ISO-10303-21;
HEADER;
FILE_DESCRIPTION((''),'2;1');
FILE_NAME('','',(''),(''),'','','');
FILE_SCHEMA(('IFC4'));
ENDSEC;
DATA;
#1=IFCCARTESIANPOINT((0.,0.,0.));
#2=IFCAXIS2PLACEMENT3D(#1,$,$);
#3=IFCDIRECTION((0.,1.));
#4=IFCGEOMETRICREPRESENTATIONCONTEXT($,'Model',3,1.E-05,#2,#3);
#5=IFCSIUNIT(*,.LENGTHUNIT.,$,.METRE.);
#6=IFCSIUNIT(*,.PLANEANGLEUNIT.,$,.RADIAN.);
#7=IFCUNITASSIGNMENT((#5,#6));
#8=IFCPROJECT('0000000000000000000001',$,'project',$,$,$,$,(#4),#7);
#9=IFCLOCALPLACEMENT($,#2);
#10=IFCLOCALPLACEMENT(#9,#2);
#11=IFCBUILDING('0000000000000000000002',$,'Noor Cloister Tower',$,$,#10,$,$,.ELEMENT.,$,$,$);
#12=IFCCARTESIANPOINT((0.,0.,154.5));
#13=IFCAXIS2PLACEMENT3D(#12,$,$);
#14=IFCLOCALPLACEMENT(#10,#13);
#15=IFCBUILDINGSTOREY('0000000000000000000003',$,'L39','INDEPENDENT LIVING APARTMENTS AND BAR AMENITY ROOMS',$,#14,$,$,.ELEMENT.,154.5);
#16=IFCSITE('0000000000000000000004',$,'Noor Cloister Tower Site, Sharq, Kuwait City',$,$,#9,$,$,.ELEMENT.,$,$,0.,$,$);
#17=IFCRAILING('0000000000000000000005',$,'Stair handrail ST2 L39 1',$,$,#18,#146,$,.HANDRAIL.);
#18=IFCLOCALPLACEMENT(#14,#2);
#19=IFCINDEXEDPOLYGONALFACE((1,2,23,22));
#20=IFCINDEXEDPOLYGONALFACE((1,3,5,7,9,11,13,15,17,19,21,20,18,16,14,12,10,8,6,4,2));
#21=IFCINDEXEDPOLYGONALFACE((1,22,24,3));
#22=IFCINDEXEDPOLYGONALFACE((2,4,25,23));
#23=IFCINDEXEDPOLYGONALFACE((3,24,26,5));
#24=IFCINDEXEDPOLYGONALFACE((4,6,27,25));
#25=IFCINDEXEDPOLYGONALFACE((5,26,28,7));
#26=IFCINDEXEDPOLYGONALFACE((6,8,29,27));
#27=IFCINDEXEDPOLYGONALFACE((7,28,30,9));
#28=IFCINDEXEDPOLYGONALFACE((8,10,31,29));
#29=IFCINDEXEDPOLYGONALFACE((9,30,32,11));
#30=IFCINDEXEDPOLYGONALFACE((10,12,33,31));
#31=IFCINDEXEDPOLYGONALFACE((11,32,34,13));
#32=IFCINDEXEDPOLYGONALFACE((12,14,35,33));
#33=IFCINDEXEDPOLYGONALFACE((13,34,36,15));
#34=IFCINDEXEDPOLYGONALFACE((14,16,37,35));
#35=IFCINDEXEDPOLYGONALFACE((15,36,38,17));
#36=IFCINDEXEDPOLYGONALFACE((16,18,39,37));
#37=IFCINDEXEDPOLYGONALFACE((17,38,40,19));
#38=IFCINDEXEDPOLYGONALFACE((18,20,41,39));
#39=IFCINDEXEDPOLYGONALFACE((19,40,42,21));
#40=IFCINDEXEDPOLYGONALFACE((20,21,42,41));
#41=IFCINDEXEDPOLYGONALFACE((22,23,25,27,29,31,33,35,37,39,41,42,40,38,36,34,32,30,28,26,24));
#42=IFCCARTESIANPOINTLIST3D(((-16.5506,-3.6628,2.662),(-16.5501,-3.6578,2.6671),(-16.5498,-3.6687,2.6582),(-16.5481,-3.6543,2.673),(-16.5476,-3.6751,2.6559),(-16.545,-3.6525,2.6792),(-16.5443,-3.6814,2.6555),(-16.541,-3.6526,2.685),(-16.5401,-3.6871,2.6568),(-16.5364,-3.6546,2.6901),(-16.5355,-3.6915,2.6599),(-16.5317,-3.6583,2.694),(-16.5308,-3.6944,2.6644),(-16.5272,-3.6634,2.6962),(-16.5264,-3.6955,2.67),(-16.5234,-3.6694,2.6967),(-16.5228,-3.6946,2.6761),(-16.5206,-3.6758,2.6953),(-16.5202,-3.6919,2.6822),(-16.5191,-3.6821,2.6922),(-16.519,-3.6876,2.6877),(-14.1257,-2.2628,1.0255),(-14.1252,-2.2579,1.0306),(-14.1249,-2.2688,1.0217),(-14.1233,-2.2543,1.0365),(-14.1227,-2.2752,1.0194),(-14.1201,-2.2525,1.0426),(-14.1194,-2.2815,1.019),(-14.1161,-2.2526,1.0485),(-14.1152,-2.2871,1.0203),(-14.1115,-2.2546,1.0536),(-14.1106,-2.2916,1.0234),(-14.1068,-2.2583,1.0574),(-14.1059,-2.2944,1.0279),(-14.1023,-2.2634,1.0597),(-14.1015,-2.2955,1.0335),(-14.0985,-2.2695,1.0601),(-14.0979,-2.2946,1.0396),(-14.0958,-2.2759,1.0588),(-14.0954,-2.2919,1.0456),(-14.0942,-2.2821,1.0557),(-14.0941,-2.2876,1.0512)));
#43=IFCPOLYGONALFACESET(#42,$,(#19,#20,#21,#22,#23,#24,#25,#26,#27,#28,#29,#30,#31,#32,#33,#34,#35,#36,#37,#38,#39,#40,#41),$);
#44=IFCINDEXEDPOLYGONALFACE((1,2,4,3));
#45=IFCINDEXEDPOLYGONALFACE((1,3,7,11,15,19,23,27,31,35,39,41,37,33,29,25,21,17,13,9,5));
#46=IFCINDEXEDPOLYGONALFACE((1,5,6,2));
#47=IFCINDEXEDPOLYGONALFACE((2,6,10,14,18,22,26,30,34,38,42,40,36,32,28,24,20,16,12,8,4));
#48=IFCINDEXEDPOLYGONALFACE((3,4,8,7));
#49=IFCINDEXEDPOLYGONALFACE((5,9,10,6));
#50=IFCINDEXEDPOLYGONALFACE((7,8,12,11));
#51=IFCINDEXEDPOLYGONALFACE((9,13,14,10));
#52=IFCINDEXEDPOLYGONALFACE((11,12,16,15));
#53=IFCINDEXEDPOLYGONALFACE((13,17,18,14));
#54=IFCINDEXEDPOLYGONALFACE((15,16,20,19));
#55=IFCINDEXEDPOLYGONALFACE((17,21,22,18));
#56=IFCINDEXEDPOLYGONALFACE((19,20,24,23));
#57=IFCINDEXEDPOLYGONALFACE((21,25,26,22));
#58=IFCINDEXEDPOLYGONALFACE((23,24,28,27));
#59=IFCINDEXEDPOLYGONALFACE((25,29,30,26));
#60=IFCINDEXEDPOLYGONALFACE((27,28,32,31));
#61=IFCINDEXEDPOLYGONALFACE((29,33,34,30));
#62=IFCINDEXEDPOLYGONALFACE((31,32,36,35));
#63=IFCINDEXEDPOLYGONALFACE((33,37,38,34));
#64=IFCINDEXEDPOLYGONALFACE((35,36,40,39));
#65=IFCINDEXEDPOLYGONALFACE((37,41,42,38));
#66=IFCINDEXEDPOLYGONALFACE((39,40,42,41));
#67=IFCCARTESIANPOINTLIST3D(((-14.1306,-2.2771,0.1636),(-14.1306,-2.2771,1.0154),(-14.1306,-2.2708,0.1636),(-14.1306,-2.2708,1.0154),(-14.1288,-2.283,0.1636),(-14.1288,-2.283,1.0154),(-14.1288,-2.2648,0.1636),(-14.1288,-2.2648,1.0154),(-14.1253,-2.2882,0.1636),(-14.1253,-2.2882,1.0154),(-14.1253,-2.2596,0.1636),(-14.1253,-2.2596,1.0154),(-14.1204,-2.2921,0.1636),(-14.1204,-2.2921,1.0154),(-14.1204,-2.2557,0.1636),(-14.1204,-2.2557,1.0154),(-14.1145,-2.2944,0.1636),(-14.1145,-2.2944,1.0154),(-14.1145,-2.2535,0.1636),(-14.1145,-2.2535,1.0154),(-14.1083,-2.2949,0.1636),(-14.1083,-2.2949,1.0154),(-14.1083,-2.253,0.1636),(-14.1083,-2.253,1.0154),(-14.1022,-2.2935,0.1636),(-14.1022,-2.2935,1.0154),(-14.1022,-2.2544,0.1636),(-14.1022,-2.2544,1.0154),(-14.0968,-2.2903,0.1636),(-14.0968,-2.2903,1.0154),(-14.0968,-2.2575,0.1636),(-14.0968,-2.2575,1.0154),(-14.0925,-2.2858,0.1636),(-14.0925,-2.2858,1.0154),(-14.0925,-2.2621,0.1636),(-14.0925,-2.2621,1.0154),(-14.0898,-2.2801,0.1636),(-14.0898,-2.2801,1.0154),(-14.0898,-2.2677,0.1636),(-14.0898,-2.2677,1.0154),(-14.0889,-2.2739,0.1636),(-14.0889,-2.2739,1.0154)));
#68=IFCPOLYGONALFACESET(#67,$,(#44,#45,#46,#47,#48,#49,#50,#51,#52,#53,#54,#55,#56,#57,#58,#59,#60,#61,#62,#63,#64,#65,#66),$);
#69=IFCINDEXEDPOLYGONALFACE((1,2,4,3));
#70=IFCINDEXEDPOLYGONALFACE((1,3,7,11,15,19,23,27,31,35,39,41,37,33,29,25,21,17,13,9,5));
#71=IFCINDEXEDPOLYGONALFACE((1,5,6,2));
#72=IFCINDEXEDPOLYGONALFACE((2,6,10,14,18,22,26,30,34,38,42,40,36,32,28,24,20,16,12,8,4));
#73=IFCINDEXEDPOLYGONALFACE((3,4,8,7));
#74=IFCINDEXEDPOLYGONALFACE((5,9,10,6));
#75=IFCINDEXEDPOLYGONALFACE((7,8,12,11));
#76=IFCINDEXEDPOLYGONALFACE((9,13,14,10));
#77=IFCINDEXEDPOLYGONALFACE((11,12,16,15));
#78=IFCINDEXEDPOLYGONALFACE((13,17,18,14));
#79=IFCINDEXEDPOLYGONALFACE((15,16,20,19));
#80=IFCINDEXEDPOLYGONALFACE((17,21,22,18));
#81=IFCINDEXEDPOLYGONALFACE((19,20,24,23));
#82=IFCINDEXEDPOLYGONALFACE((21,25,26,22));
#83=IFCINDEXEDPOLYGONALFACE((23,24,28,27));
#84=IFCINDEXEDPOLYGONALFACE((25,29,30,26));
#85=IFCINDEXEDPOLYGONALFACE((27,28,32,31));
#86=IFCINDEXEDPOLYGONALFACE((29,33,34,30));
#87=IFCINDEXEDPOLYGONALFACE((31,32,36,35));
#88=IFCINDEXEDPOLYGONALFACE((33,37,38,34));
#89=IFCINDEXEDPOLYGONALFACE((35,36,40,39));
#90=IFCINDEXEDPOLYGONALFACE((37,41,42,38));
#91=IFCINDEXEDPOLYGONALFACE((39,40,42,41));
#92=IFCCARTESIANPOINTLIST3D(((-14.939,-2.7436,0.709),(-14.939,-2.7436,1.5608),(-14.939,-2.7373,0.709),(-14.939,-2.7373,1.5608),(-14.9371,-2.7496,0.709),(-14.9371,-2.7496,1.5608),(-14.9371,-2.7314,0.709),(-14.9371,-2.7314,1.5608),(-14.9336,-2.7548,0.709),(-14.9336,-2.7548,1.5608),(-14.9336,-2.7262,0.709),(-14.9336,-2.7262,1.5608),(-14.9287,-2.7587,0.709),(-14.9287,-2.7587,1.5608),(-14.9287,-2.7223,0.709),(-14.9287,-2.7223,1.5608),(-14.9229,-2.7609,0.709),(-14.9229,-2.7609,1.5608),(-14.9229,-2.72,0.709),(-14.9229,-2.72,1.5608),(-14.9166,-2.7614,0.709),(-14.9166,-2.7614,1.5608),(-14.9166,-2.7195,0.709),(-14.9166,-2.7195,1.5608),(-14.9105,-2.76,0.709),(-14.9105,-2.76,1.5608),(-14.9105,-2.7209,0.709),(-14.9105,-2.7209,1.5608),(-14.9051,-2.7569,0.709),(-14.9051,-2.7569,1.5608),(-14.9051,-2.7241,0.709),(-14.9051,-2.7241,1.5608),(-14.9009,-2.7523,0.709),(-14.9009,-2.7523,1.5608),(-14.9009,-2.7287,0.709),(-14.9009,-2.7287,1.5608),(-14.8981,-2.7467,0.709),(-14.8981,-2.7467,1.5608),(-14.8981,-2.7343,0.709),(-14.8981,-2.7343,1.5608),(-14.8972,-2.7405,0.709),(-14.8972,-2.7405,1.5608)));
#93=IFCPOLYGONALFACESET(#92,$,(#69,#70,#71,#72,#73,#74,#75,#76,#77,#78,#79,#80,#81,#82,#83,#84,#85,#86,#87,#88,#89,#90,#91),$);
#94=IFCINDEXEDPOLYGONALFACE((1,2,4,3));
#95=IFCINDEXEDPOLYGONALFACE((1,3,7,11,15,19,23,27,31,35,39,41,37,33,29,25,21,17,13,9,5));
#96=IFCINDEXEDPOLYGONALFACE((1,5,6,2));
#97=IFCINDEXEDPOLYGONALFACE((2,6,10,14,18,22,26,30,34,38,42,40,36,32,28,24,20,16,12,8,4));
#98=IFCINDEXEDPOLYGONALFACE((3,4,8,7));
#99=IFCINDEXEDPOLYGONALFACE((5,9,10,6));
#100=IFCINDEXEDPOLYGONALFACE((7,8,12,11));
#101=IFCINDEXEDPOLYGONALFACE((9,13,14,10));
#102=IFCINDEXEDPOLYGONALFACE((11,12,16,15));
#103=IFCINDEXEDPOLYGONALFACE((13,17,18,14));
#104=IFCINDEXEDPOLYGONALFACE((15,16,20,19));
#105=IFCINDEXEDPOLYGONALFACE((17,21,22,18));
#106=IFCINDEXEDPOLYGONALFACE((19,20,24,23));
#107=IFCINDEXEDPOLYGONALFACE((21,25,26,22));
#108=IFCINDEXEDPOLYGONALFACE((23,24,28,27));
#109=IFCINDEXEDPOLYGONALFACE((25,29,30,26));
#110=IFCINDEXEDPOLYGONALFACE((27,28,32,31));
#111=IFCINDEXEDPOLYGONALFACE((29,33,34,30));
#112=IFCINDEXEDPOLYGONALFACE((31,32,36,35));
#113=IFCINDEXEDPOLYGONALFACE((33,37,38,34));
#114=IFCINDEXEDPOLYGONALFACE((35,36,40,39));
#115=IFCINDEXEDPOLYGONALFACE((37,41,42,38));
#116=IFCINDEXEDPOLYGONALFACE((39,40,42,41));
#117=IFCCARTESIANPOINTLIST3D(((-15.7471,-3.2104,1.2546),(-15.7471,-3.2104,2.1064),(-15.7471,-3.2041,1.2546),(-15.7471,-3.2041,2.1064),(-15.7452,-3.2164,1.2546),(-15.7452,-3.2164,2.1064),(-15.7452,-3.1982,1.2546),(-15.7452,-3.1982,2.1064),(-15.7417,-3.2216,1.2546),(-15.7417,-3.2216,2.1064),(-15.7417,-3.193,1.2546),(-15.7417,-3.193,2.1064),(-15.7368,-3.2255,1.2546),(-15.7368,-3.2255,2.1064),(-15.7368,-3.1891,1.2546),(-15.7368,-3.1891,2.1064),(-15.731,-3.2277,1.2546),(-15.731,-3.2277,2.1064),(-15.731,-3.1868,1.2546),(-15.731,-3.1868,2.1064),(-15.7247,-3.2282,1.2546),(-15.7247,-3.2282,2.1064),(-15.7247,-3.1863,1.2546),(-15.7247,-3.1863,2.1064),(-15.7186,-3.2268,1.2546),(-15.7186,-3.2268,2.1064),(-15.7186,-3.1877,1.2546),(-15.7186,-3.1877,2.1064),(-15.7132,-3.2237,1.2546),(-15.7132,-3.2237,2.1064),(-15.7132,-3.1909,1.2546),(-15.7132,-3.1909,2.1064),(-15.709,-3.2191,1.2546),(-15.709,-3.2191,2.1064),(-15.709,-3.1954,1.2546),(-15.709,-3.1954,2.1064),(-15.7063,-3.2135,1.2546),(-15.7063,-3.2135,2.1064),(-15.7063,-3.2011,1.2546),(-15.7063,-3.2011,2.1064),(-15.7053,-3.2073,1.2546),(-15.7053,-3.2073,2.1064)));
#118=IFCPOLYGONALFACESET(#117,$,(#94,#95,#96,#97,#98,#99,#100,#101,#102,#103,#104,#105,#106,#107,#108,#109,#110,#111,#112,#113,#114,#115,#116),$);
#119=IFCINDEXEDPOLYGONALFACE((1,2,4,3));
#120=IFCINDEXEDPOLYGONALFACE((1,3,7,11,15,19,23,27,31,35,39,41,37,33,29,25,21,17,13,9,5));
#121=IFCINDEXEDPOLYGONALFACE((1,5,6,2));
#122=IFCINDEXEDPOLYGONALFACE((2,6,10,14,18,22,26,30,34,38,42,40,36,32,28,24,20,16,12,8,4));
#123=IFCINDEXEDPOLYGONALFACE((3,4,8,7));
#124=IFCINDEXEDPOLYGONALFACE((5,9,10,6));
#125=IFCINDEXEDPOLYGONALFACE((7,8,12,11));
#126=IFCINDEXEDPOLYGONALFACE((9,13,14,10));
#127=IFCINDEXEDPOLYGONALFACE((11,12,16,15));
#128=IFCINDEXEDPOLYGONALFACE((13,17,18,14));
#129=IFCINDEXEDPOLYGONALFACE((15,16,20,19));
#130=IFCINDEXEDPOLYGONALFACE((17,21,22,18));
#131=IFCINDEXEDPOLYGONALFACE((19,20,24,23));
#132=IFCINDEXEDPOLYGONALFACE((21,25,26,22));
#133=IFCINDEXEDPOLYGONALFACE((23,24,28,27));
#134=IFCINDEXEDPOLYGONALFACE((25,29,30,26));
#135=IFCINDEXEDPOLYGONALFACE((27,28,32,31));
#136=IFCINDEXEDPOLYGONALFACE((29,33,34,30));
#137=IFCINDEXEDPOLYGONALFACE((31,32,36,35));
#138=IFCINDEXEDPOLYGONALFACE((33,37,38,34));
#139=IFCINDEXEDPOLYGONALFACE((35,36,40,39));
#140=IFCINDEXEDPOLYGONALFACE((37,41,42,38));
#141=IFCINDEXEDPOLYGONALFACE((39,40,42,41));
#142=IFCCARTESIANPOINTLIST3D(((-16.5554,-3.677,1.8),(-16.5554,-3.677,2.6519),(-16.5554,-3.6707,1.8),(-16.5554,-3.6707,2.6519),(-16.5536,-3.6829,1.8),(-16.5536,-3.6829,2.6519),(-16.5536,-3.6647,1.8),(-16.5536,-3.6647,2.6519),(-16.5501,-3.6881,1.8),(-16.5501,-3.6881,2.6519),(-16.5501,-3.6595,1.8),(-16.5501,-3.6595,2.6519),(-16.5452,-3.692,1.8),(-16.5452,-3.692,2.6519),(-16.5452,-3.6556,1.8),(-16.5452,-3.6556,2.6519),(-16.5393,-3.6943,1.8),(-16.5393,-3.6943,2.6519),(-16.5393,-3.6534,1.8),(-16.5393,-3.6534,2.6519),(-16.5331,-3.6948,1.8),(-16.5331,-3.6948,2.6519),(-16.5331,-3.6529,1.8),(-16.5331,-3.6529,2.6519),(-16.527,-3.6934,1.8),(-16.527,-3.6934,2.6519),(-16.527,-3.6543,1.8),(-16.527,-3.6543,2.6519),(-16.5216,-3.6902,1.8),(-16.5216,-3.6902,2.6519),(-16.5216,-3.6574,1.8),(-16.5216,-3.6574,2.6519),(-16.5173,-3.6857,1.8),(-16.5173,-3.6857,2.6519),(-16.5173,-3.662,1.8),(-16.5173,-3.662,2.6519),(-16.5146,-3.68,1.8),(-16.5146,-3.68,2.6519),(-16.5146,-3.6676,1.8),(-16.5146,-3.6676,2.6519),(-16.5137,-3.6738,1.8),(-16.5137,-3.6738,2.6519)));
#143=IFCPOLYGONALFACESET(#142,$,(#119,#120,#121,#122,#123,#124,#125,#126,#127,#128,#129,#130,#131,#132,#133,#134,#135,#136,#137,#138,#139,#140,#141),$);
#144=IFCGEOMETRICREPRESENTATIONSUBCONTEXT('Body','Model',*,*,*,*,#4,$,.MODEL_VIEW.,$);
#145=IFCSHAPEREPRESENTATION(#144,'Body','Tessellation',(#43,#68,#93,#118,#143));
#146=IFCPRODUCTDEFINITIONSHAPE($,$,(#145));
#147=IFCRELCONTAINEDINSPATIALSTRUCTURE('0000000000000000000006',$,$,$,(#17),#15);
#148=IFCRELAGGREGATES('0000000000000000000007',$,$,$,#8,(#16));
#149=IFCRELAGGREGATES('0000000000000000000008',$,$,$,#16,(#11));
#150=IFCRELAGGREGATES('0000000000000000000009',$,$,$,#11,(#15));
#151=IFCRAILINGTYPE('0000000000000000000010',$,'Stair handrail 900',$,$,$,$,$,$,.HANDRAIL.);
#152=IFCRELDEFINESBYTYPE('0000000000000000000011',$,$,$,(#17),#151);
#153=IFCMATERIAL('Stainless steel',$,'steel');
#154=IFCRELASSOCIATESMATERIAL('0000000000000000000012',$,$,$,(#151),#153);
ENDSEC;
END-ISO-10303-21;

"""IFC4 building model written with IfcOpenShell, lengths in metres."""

from ifc_helpers import new_model, si_unit, direction, frame, origin, origin_2d, place, context, subcontext, project, spatial, circle, extrude, material, type_object, element, save


model = new_model("IFC4")

# Units and contexts
model_context = context("Model", 3, precision=1e-05, world=origin(), true_north=direction((0.0, 1.0)))
body_context = subcontext(model_context, "Body", "Model", "MODEL_VIEW")
ifc_project = project(units=[si_unit("LENGTHUNIT", "METRE"), si_unit("PLANEANGLEUNIT", "RADIAN")], contexts=[model_context])

# Site, building, storey
site_placement = place(None, origin())
site = spatial("IfcSite", under=ifc_project, at=site_placement, Name="Noor Cloister Tower Site, Sharq, Kuwait City", CompositionType="ELEMENT", RefElevation=0.0)
building_placement = place(site_placement, origin())
building = spatial("IfcBuilding", under=site, at=building_placement, Name="Noor Cloister Tower", CompositionType="ELEMENT")
storey_placement = place(building_placement, frame((0.0, 0.0, 154.5)))
storey = spatial("IfcBuildingStorey", under=building, at=storey_placement, Name="L39", Description="INDEPENDENT LIVING APARTMENTS AND BAR AMENITY ROOMS", CompositionType="ELEMENT", Elevation=154.5)

# Railing
ifc_material_1 = material(Name="Stainless steel", Category="steel")
railing_type_1 = type_object("IfcRailingType", Name="Stair handrail 900", PredefinedType="HANDRAIL", material=ifc_material_1)
railing_1_placement = place(storey_placement, frame((-14.1099, -2.2739, 0.1636)))
element("IfcRailing", 1, at=railing_1_placement, inside=storey, type_object=railing_type_1, Name="Stair handrail ST2 L39 1", PredefinedType="HANDRAIL", context=body_context, shape_type="SweptSolid", body=[
    extrude(circle(Radius=0.0239, at=origin_2d()), frame((0.0, 0.0, 0.876), z_axis=(-0.74769, -0.431661, 0.504608), x_axis=(0.499984, -0.866035, 0.0)), (0.0, 0.0, 1.0), 3.2432),
    extrude(circle(Radius=0.021, at=origin_2d()), origin(), (0.0, 0.0, 1.0), 0.8518),
    extrude(circle(Radius=0.021, at=origin_2d()), frame((-0.8083, -0.4666, 0.5454)), (0.0, 0.0, 1.0), 0.8518),
    extrude(circle(Radius=0.021, at=origin_2d()), frame((-1.6165, -0.9333, 1.0911)), (0.0, 0.0, 1.0), 0.8518),
    extrude(circle(Radius=0.021, at=origin_2d()), frame((-2.4248, -1.3999, 1.6365)), (0.0, 0.0, 1.0), 0.8518),
])

save(model, "model.ifc")
